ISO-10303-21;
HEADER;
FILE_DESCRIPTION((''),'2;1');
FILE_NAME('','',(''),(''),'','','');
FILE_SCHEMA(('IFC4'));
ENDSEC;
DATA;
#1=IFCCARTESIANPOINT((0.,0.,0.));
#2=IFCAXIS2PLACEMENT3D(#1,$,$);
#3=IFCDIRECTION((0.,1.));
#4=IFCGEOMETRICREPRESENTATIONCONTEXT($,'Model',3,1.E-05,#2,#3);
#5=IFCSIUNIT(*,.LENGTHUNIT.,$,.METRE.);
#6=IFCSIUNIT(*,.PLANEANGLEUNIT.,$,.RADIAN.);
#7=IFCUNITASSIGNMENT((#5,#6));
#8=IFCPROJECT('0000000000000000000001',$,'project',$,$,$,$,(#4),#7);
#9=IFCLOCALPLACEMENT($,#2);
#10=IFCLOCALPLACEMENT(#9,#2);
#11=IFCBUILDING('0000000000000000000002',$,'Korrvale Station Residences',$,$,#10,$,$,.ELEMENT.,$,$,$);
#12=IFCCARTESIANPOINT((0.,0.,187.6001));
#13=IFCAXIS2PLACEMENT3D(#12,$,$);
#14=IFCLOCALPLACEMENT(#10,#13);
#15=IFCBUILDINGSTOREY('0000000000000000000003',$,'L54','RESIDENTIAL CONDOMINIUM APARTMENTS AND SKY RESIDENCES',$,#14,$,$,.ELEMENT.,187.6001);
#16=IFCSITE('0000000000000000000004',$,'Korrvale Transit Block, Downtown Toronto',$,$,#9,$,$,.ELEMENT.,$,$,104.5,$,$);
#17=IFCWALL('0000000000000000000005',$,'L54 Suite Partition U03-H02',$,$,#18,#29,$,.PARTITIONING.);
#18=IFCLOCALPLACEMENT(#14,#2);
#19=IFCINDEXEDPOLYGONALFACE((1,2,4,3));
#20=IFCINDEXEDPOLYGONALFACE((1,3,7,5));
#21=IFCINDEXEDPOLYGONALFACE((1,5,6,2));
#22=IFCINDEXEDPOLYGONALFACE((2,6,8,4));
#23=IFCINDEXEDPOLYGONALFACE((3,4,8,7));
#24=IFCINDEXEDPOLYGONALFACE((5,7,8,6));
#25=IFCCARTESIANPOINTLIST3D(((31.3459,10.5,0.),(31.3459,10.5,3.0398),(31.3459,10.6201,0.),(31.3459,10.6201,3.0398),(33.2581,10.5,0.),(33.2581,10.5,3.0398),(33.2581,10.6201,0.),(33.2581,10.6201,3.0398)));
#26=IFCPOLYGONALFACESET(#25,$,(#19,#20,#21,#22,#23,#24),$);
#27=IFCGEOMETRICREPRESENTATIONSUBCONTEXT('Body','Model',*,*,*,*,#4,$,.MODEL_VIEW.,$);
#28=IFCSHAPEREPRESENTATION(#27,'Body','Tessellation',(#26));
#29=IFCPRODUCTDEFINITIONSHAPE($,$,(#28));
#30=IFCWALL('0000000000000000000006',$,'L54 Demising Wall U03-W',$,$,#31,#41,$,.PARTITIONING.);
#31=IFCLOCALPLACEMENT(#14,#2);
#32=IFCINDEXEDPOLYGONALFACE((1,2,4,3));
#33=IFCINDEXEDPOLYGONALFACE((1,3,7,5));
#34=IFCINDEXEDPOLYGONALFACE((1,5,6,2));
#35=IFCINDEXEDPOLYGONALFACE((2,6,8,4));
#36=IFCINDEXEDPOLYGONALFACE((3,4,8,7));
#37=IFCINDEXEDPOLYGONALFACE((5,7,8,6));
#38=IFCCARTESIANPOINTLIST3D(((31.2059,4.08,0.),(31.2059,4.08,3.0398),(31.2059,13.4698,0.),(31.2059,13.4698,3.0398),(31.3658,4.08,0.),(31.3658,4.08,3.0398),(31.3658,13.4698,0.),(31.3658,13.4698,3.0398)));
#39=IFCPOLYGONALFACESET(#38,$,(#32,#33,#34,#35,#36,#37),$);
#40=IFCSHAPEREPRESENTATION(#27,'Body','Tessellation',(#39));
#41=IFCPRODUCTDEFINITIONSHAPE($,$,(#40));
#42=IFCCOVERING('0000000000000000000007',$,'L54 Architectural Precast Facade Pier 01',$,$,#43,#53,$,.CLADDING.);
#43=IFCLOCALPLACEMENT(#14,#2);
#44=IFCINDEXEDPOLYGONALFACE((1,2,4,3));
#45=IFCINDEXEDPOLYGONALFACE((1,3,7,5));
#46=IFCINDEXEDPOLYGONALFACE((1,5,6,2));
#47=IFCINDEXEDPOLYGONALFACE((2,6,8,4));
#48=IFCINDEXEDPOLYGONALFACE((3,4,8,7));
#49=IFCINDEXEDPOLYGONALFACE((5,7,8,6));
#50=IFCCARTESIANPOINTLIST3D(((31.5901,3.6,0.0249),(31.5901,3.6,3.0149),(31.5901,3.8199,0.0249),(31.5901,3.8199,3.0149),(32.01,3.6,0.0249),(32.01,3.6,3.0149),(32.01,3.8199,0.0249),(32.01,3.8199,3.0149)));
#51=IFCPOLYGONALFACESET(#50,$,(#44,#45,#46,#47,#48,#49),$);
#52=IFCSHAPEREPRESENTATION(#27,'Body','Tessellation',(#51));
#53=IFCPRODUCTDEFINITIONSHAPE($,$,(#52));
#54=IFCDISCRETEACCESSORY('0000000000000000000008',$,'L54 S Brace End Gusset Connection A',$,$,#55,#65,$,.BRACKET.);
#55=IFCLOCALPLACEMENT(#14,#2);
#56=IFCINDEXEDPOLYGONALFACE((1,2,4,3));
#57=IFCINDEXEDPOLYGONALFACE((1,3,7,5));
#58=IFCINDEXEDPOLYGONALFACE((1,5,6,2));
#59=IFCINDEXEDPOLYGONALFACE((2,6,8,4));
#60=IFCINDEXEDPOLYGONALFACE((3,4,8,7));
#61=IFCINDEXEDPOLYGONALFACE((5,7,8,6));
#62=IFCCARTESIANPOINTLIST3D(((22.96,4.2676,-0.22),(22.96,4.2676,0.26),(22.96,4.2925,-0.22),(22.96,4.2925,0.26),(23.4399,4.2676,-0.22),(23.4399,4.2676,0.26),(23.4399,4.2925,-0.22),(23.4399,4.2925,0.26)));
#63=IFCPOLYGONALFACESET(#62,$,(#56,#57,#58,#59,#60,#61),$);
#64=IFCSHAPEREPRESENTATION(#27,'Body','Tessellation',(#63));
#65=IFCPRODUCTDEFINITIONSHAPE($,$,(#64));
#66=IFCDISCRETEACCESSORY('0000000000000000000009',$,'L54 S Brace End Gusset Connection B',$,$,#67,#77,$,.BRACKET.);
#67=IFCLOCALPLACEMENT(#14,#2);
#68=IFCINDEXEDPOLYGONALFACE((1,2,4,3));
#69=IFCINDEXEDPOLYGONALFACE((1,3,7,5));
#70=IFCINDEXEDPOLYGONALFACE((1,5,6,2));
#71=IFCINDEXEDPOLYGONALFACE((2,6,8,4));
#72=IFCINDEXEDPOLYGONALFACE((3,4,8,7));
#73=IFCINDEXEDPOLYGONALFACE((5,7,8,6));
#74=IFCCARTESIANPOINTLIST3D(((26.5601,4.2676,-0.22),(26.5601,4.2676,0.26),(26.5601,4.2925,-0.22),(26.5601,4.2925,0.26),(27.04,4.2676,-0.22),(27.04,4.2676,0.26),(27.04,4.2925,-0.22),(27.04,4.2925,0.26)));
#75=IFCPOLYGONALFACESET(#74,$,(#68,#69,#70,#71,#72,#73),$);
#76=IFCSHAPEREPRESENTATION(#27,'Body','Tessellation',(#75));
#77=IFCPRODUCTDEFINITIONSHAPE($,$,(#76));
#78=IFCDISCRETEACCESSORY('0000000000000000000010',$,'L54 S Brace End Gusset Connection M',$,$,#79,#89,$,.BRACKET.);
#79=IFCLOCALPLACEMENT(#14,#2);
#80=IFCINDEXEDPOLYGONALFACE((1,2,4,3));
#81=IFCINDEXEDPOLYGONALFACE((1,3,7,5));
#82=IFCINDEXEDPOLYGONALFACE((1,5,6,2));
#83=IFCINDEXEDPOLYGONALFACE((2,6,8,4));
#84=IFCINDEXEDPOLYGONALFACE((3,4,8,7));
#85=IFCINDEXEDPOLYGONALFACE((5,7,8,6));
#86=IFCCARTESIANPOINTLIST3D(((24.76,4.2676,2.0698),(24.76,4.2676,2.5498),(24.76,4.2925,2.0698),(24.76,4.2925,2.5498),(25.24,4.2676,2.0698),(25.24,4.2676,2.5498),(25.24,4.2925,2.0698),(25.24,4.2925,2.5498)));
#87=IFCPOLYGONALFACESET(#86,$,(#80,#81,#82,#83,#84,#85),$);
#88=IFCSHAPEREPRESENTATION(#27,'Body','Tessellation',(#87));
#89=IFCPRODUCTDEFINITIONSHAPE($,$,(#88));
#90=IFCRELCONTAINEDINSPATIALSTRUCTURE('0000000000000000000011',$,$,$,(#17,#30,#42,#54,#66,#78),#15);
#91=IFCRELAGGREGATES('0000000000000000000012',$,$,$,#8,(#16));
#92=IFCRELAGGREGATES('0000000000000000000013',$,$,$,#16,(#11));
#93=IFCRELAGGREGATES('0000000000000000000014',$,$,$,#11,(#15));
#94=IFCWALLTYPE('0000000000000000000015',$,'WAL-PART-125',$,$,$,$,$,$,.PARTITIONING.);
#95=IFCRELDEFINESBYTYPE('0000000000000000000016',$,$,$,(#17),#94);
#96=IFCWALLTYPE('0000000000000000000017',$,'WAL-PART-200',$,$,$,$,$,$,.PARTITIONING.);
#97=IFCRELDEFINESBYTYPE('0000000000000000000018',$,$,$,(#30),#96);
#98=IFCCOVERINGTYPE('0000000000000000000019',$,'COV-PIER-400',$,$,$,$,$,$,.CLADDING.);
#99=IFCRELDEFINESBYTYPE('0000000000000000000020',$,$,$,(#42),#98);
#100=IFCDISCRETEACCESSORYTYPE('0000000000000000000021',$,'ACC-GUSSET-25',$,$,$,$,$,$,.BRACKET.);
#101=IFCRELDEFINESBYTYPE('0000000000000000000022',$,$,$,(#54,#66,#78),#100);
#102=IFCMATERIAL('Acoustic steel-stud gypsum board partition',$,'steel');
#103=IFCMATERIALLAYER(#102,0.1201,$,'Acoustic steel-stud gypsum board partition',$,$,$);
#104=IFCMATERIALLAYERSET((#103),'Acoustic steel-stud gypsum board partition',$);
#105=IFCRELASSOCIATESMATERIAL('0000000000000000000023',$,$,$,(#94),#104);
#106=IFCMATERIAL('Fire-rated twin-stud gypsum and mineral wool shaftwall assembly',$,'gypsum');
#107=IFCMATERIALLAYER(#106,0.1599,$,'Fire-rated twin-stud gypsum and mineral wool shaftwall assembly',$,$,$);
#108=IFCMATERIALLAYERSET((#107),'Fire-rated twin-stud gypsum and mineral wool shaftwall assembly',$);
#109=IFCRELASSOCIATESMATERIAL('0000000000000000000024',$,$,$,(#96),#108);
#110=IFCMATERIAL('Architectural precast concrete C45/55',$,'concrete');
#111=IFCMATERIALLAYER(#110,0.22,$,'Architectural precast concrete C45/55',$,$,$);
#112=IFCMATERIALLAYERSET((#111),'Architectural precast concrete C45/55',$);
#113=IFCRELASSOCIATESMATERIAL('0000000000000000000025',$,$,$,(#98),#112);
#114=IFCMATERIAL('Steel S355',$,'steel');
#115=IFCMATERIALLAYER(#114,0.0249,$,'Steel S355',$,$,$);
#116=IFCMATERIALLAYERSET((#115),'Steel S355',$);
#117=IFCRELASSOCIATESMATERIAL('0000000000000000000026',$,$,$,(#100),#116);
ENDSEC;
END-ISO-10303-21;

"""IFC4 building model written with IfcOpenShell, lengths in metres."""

from ifc_helpers import new_model, si_unit, direction, frame, frame_2d, origin, origin_2d, place, context, subcontext, project, spatial, rectangle, extrude, material, layer, layer_set, type_object, element, save


model = new_model("IFC4")

# Units and contexts
model_context = context("Model", 3, precision=1e-05, world=origin(), true_north=direction((0.0, 1.0)))
body_context = subcontext(model_context, "Body", "Model", "MODEL_VIEW")
ifc_project = project(units=[si_unit("LENGTHUNIT", "METRE"), si_unit("PLANEANGLEUNIT", "RADIAN")], contexts=[model_context])

# Site, building, storey
site_placement = place(None, origin())
site = spatial("IfcSite", under=ifc_project, at=site_placement, Name="Korrvale Transit Block, Downtown Toronto", CompositionType="ELEMENT", RefElevation=104.5)
building_placement = place(site_placement, origin())
building = spatial("IfcBuilding", under=site, at=building_placement, Name="Korrvale Station Residences", CompositionType="ELEMENT")
storey_placement = place(building_placement, frame((0.0, 0.0, 187.6001)))
storey = spatial("IfcBuildingStorey", under=building, at=storey_placement, Name="L54", Description="RESIDENTIAL CONDOMINIUM APARTMENTS AND SKY RESIDENCES", CompositionType="ELEMENT", Elevation=187.6001)

# Shared definitions
ifc_material_1 = material(Name="Steel S355", Category="steel")

# Shared definitions
ifc_material_2 = material(Name="Acoustic steel-stud gypsum board partition", Category="steel")
ifc_layer_1 = layer(ifc_material_2, 0.1201, Name="Acoustic steel-stud gypsum board partition")
ifc_layer_set_1 = layer_set([ifc_layer_1], Name="Acoustic steel-stud gypsum board partition")
wall_type_1 = type_object("IfcWallType", Name="WAL-PART-125", PredefinedType="PARTITIONING", material=ifc_layer_set_1)

# Walls
wall_1_placement = place(storey_placement, frame((31.3459, 10.5601, 0.0), z_axis=(0.0, 0.0, 1.0), x_axis=(1.0, 0.0, 0.0)))
element("IfcWall", 1, at=wall_1_placement, inside=storey, type_object=wall_type_1, Name="L54 Suite Partition U03-H02", PredefinedType="PARTITIONING", context=body_context, shape_type="SweptSolid", body=[
    extrude(rectangle(XDim=1.9121, YDim=0.1201, at=frame_2d((0.9561, 0.0))), origin(), (0.0, 0.0, 1.0), 3.0398),
])
ifc_material_3 = material(Name="Fire-rated twin-stud gypsum and mineral wool shaftwall assembly", Category="gypsum")
ifc_layer_2 = layer(ifc_material_3, 0.1599, Name="Fire-rated twin-stud gypsum and mineral wool shaftwall assembly")
ifc_layer_set_2 = layer_set([ifc_layer_2], Name="Fire-rated twin-stud gypsum and mineral wool shaftwall assembly")
wall_type_2 = type_object("IfcWallType", Name="WAL-PART-200", PredefinedType="PARTITIONING", material=ifc_layer_set_2)
wall_2_placement = place(storey_placement, frame((31.2859, 4.0801, 0.0), z_axis=(0.0, 0.0, 1.0), x_axis=(0.0, 1.0, 0.0)))
element("IfcWall", 2, at=wall_2_placement, inside=storey, type_object=wall_type_2, Name="L54 Demising Wall U03-W", PredefinedType="PARTITIONING", context=body_context, shape_type="SweptSolid", body=[
    extrude(rectangle(XDim=9.3899, YDim=0.1599, at=frame_2d((4.6948, 0.0))), origin(), (0.0, 0.0, 1.0), 3.0398),
])

# Covering
ifc_material_4 = material(Name="Architectural precast concrete C45/55", Category="concrete")
ifc_layer_3 = layer(ifc_material_4, 0.22, Name="Architectural precast concrete C45/55")
ifc_layer_set_3 = layer_set([ifc_layer_3], Name="Architectural precast concrete C45/55")
covering_type = type_object("IfcCoveringType", Name="COV-PIER-400", PredefinedType="CLADDING", material=ifc_layer_set_3)
covering_placement = place(storey_placement, frame((31.8, 3.71, 0.0249), z_axis=(0.0, 0.0, 1.0), x_axis=(1.0, 0.0, 0.0)))
element("IfcCovering", 3, at=covering_placement, inside=storey, type_object=covering_type, Name="L54 Architectural Precast Facade Pier 01", PredefinedType="CLADDING", context=body_context, shape_type="SweptSolid", body=[
    extrude(rectangle(XDim=0.4199, YDim=0.22, at=origin_2d()), origin(), (0.0, 0.0, 1.0), 2.99),
])

# Discrete accessories
ifc_layer_4 = layer(ifc_material_1, 0.0249, Name="Steel S355")
ifc_layer_set_4 = layer_set([ifc_layer_4], Name="Steel S355")
discrete_accessory_type = type_object("IfcDiscreteAccessoryType", Name="ACC-GUSSET-25", PredefinedType="BRACKET", material=ifc_layer_set_4)
for number, where, z_axis, x_axis, name in (
    (4, (23.2, 4.28, -0.22), (0.0, 0.0, 1.0), (1.0, 0.0, 0.0), "L54 S Brace End Gusset Connection A"),
    (5, (26.8, 4.28, -0.22), (0.0, 0.0, 1.0), (1.0, 0.0, 0.0), "L54 S Brace End Gusset Connection B"),
    (6, (25.0, 4.28, 2.0698), (0.0, 0.0, 1.0), (1.0, 0.0, 0.0), "L54 S Brace End Gusset Connection M"),
):
    element("IfcDiscreteAccessory", number, at=place(storey_placement, frame(where, z_axis=z_axis, x_axis=x_axis)), inside=storey, type_object=discrete_accessory_type, Name=name, PredefinedType="BRACKET", context=body_context, shape_type="SweptSolid", body=[
        extrude(rectangle(XDim=0.48, YDim=0.0249, at=origin_2d()), origin(), (0.0, 0.0, 1.0), 0.48),
    ])

save(model, "model.ifc")
